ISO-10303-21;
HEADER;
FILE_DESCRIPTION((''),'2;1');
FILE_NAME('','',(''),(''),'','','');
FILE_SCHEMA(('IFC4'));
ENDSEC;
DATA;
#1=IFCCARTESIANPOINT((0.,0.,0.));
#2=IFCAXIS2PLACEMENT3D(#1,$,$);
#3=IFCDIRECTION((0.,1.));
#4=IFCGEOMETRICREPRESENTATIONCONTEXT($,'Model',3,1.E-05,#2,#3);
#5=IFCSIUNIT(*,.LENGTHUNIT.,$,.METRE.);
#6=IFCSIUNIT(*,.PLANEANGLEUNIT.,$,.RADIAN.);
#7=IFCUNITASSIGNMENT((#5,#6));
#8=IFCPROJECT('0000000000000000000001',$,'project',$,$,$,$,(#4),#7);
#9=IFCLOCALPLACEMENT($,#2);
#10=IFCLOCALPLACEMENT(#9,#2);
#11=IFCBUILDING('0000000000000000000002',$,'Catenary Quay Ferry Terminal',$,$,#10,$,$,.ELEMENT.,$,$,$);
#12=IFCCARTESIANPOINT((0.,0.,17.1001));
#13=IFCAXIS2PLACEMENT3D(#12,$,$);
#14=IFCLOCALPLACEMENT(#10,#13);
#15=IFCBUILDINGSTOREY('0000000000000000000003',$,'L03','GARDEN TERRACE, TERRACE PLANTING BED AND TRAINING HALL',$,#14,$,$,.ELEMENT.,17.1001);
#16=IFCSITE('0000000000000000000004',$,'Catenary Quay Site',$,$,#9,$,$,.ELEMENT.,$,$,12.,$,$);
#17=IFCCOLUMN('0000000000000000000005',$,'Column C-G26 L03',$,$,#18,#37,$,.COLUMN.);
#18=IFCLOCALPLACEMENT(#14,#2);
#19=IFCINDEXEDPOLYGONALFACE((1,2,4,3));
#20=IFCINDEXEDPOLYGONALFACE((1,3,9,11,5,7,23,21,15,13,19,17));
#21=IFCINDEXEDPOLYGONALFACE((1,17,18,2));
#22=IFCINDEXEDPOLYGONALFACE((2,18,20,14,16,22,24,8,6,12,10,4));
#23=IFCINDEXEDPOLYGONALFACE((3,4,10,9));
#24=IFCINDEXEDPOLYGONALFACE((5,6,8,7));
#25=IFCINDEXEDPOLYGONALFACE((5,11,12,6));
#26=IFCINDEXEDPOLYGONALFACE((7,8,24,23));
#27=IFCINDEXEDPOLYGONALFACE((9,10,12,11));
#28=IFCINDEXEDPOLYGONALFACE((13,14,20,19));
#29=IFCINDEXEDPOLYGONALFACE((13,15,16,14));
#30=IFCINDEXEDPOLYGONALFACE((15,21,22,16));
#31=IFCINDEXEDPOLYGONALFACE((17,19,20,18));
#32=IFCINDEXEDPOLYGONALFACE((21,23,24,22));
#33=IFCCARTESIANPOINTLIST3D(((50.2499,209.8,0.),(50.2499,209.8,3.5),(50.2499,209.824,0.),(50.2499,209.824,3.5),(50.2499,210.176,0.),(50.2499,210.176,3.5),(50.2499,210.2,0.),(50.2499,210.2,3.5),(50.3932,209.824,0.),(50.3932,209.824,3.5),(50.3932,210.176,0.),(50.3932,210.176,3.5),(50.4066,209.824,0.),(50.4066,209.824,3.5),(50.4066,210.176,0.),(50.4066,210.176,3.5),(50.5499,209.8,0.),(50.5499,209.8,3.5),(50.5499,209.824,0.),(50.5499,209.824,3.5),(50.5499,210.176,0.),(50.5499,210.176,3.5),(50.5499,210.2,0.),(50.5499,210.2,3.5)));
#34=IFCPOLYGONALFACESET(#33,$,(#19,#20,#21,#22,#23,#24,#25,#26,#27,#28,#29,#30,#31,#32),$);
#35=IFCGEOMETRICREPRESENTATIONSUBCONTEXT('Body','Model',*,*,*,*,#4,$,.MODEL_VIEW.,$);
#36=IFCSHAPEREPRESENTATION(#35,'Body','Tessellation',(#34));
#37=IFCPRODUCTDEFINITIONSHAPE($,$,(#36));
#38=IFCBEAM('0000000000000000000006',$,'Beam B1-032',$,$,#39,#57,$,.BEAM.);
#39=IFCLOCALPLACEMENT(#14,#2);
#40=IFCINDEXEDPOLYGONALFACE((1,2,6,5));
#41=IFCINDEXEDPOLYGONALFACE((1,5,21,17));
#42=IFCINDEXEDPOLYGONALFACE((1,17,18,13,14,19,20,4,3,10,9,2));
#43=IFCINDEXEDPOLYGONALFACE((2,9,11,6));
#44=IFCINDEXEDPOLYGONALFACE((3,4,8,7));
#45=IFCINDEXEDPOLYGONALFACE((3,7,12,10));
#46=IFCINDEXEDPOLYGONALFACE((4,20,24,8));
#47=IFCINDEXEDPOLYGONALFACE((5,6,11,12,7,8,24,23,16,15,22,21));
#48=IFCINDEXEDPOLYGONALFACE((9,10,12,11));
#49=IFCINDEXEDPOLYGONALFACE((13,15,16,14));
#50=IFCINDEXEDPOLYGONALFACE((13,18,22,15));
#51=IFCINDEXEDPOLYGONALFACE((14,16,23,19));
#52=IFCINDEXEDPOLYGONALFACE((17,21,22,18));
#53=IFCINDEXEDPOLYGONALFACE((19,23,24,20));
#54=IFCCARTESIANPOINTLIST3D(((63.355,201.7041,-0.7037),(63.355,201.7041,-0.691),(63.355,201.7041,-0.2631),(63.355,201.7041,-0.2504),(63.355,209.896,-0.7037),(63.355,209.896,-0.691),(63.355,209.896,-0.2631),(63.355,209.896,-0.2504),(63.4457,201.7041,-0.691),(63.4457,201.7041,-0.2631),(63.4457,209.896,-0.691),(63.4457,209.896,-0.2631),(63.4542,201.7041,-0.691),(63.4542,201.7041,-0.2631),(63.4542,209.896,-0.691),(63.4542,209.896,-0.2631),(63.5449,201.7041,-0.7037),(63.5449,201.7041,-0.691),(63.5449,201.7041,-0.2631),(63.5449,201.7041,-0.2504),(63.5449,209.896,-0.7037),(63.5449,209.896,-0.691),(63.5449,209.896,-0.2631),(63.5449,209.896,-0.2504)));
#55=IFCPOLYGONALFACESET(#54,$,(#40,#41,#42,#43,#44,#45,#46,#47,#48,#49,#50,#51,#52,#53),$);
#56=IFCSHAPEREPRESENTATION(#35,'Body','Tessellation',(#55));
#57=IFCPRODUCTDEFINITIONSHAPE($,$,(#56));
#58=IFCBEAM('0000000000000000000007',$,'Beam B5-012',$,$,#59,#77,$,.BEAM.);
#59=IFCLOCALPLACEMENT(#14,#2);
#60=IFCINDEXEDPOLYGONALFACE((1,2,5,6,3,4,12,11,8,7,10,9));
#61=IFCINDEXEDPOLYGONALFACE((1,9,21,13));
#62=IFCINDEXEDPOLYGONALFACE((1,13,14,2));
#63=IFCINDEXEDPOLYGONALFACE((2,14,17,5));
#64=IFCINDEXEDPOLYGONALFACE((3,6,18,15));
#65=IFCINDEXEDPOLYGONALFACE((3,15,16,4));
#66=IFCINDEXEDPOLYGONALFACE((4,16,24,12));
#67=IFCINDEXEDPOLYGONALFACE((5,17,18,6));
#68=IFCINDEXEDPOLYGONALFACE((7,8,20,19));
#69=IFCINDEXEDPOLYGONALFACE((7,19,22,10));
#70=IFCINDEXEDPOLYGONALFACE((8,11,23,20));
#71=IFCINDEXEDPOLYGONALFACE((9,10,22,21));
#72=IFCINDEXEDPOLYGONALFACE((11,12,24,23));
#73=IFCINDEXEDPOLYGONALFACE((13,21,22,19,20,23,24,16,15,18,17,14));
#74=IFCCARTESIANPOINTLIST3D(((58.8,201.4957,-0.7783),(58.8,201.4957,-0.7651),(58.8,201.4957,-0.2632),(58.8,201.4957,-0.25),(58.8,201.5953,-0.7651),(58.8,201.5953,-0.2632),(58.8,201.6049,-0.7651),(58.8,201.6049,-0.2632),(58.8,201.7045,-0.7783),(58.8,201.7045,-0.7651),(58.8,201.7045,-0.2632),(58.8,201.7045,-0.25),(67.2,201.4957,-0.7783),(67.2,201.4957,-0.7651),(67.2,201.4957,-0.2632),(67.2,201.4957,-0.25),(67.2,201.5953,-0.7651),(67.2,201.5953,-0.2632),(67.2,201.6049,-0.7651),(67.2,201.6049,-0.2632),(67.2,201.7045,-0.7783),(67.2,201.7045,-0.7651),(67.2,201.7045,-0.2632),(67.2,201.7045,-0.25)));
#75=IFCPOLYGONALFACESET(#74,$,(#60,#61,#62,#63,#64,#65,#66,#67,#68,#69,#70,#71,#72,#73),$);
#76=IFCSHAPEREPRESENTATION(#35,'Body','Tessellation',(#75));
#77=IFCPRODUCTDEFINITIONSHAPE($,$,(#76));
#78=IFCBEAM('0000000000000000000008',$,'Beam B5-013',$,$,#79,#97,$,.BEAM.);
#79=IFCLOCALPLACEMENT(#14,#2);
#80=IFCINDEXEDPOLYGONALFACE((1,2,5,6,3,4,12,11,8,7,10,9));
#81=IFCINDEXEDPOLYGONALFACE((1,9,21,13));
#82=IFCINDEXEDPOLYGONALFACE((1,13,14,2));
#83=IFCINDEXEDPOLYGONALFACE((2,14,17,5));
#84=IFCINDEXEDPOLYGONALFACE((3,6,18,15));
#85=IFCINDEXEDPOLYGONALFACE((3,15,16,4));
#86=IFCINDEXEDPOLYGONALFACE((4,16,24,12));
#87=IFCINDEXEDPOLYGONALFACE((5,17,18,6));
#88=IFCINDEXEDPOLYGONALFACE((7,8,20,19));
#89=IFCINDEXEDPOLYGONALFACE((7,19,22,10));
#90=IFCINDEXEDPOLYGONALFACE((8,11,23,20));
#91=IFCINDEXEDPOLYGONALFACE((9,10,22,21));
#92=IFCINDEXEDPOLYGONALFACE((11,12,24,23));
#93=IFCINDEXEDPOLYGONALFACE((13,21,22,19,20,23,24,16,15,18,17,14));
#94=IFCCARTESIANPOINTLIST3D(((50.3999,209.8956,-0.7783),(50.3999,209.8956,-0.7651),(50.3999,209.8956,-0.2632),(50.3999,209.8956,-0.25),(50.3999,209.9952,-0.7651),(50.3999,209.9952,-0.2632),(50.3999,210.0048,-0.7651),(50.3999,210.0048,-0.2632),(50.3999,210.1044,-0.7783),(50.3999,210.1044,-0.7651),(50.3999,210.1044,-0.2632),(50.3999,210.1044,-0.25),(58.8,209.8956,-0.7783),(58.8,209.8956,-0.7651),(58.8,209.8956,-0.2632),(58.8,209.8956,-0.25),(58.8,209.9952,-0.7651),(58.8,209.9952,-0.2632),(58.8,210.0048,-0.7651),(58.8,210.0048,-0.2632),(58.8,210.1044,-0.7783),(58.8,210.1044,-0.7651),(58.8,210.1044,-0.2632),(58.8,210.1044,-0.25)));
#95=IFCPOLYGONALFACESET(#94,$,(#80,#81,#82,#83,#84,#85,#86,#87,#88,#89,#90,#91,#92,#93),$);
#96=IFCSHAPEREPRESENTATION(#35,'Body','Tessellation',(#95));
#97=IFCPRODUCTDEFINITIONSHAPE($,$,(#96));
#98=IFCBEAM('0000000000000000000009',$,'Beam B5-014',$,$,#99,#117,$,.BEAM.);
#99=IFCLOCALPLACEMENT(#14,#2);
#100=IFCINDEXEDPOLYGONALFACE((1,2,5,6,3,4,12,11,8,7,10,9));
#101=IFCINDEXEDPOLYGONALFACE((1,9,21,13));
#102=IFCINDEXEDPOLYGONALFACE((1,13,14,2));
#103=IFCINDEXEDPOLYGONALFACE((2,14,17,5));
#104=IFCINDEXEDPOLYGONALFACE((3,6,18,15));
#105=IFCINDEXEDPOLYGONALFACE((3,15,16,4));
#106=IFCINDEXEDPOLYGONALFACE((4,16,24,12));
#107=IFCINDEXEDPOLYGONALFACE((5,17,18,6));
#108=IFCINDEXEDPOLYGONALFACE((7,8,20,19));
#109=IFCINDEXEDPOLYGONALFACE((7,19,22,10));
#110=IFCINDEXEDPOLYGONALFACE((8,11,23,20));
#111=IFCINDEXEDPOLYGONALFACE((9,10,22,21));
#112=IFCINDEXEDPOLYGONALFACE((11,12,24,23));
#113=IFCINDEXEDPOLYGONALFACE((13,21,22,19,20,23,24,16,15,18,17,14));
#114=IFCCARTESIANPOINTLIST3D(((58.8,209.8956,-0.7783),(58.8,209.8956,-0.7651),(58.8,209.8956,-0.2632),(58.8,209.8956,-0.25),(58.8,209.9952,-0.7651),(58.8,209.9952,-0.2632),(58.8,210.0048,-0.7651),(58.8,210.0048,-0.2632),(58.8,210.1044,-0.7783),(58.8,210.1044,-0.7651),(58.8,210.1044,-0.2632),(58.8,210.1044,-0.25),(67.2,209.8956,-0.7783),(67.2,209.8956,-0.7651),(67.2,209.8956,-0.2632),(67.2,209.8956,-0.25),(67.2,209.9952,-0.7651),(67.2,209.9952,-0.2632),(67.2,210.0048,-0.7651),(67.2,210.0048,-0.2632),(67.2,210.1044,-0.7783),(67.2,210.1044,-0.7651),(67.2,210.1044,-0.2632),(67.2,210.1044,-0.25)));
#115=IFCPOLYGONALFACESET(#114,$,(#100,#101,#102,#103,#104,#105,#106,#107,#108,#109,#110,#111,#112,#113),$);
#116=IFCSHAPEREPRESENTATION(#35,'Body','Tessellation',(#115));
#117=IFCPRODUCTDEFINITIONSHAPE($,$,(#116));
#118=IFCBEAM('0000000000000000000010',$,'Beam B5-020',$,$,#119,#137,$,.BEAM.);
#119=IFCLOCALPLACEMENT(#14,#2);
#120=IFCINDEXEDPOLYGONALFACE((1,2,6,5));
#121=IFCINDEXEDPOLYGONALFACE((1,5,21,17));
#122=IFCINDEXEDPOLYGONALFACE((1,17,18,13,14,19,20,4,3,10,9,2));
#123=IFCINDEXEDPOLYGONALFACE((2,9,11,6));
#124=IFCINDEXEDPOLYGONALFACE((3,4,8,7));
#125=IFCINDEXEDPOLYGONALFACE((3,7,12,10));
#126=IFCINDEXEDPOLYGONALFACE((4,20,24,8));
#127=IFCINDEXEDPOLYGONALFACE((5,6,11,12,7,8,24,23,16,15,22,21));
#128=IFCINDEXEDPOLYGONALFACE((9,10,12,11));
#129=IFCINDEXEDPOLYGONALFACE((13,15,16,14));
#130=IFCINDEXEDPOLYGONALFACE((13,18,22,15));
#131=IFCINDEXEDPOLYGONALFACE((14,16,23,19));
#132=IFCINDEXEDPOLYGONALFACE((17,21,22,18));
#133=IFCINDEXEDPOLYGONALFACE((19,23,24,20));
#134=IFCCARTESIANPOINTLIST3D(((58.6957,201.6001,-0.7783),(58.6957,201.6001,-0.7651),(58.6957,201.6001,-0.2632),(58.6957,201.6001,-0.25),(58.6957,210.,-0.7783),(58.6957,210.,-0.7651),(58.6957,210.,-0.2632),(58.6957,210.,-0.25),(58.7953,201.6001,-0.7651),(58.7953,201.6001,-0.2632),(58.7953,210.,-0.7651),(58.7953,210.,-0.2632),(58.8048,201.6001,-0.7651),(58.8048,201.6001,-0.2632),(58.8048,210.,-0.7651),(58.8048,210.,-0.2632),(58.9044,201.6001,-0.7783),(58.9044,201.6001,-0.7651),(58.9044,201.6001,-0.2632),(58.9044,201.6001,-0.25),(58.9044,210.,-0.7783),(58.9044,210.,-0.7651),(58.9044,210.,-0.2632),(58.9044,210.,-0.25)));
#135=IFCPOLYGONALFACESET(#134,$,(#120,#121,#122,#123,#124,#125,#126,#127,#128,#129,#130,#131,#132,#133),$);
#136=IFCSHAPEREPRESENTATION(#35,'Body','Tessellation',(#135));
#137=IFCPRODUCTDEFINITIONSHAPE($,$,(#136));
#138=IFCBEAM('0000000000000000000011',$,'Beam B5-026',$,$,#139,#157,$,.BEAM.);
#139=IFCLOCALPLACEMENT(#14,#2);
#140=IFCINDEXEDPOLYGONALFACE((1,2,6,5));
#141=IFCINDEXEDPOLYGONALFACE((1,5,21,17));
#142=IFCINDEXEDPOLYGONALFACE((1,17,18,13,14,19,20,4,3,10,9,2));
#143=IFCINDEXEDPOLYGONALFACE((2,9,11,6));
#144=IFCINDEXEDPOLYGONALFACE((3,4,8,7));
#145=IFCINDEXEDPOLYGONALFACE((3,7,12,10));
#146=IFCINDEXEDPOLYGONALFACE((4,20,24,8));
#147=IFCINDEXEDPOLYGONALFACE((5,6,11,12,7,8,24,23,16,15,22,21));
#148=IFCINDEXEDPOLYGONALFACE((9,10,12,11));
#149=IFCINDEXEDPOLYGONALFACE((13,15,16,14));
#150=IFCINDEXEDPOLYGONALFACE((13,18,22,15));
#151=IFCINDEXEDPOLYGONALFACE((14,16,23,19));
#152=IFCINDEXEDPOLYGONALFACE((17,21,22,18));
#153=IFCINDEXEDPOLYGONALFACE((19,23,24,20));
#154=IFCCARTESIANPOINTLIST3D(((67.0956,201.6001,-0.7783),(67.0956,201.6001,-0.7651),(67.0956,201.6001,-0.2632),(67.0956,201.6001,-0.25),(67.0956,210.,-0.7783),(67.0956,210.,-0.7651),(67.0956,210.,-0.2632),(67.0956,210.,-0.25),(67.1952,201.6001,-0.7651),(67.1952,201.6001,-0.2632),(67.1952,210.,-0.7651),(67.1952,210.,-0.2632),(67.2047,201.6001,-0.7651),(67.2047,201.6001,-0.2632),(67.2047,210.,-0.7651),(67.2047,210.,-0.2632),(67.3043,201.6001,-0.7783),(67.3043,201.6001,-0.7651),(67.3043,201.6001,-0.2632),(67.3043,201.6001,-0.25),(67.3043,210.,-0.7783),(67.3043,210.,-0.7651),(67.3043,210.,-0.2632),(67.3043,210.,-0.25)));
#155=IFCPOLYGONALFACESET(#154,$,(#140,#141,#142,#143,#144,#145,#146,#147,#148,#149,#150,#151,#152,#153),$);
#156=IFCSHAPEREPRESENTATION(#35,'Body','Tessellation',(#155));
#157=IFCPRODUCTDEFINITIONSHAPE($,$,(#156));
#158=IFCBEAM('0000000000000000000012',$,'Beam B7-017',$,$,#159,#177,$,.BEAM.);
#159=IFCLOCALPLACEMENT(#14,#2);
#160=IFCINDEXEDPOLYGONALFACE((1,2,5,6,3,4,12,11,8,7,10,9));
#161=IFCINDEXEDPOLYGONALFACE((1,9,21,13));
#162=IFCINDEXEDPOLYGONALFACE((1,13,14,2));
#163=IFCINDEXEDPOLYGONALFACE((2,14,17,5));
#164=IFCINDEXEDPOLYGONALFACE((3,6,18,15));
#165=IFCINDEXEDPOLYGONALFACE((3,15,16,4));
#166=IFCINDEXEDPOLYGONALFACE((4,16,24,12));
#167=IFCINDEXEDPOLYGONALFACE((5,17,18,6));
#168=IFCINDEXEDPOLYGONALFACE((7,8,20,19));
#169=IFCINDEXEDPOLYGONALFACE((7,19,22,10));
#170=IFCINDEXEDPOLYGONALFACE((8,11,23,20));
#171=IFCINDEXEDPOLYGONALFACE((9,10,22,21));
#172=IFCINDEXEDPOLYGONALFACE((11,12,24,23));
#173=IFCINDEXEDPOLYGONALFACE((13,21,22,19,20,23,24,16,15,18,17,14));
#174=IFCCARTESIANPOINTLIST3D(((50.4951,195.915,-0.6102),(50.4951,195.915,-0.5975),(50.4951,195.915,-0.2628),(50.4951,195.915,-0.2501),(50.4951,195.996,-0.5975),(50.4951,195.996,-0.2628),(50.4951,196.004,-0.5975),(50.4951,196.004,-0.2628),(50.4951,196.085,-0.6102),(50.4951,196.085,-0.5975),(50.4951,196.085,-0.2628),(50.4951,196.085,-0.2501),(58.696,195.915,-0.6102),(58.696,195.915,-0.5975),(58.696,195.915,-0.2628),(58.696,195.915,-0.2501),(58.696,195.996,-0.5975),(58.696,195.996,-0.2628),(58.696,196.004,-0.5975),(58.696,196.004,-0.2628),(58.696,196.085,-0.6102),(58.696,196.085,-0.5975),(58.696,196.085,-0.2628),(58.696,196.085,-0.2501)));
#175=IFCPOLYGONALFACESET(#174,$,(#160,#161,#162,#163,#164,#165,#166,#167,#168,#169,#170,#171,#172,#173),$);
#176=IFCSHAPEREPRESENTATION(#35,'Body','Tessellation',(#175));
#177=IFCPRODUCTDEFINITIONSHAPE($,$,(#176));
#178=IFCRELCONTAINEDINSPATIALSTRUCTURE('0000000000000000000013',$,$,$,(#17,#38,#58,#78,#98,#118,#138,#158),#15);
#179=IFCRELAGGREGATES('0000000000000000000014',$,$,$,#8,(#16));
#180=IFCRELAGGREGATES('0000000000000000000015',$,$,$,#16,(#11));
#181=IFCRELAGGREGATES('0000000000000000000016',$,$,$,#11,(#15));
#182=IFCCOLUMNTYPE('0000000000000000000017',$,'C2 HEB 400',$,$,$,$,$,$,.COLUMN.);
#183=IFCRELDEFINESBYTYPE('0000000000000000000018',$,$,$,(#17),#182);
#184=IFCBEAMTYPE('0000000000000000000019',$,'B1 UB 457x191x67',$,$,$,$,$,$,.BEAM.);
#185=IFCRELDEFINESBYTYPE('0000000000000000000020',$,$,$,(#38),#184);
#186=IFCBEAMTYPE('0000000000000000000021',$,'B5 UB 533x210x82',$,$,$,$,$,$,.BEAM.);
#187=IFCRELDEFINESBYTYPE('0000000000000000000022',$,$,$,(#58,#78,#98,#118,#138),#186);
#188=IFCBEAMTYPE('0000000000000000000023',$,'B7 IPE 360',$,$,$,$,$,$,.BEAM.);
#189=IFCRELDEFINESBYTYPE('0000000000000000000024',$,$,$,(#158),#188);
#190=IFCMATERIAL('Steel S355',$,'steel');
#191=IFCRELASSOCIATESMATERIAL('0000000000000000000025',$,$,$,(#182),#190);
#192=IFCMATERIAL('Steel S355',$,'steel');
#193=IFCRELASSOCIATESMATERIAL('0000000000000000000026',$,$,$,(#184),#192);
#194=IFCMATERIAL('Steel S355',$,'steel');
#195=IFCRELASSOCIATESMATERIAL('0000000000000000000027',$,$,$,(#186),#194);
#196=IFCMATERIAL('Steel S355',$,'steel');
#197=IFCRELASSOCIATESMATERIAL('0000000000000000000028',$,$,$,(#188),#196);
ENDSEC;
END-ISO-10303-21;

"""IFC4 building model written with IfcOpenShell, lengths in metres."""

from ifc_helpers import new_model, si_unit, direction, frame, origin, origin_2d, place, context, subcontext, project, spatial, i_section, extrude, material, material_profile, profile_set, type_object, element, save


model = new_model("IFC4")

# Units and contexts
model_context = context("Model", 3, precision=1e-05, world=origin(), true_north=direction((0.0, 1.0)))
body_context = subcontext(model_context, "Body", "Model", "MODEL_VIEW")
ifc_project = project(units=[si_unit("LENGTHUNIT", "METRE"), si_unit("PLANEANGLEUNIT", "RADIAN")], contexts=[model_context])

# Site, building, storey
site_placement = place(None, origin())
site = spatial("IfcSite", under=ifc_project, at=site_placement, Name="Catenary Quay Site", CompositionType="ELEMENT", RefElevation=12.0)
building_placement = place(site_placement, origin())
building = spatial("IfcBuilding", under=site, at=building_placement, Name="Catenary Quay Ferry Terminal", CompositionType="ELEMENT")
storey_placement = place(building_placement, frame((0.0, 0.0, 17.1001)))
storey = spatial("IfcBuildingStorey", under=building, at=storey_placement, Name="L03", Description="GARDEN TERRACE, TERRACE PLANTING BED AND TRAINING HALL", CompositionType="ELEMENT", Elevation=17.1001)

# Column
ifc_material_1 = material(Name="Steel S355", Category="steel")
ifc_material_profile_1 = material_profile(ifc_material_1, i_section(OverallWidth=0.3, OverallDepth=0.3999, WebThickness=0.0134, FlangeThickness=0.0239, at=origin_2d()), Name="HEB 400")
ifc_profile_set_1 = profile_set([ifc_material_profile_1], Name="Steel S355")
column_type = type_object("IfcColumnType", Name="C2 HEB 400", PredefinedType="COLUMN", material=ifc_profile_set_1)
column_placement = place(storey_placement, frame((50.3999, 210.0, 0.0), z_axis=(0.0, 0.0, 1.0), x_axis=(1.0, 0.0, 0.0)))
element("IfcColumn", 1, at=column_placement, inside=storey, type_object=column_type, Name="Column C-G26 L03", PredefinedType="COLUMN", context=body_context, shape_type="SweptSolid", body=[
    extrude(i_section(OverallWidth=0.3, OverallDepth=0.3999, WebThickness=0.0134, FlangeThickness=0.0239, at=origin_2d()), origin(), (0.0, 0.0, 1.0), 3.5),
])

# Beams
ifc_material_2 = material(Name="Steel S355", Category="steel")
ifc_material_profile_2 = material_profile(ifc_material_2, i_section(OverallWidth=0.1899, OverallDepth=0.4534, WebThickness=0.0085, FlangeThickness=0.0127, at=origin_2d()), Name="UB 457x191x67")
ifc_profile_set_2 = profile_set([ifc_material_profile_2], Name="Steel S355")
beam_type_1 = type_object("IfcBeamType", Name="B1 UB 457x191x67", PredefinedType="BEAM", material=ifc_profile_set_2)
beam_1_placement = place(storey_placement, frame((63.45, 201.7041, -0.4771), z_axis=(0.0, 1.0, 0.0), x_axis=(-1.0, 0.0, 0.0)))
element("IfcBeam", 2, at=beam_1_placement, inside=storey, type_object=beam_type_1, Name="Beam B1-032", PredefinedType="BEAM", context=body_context, shape_type="SweptSolid", body=[
    extrude(i_section(OverallWidth=0.1899, OverallDepth=0.4534, WebThickness=0.0085, FlangeThickness=0.0127, at=origin_2d()), origin(), (0.0, 0.0, 1.0), 8.1919),
])
ifc_material_3 = material(Name="Steel S355", Category="steel")
ifc_material_profile_3 = material_profile(ifc_material_3, i_section(OverallWidth=0.2087, OverallDepth=0.5283, WebThickness=0.0095, FlangeThickness=0.0132, at=origin_2d()), Name="UB 533x210x82")
ifc_profile_set_3 = profile_set([ifc_material_profile_3], Name="Steel S355")
beam_type_2 = type_object("IfcBeamType", Name="B5 UB 533x210x82", PredefinedType="BEAM", material=ifc_profile_set_3)
beam_2_placement = place(storey_placement, frame((58.8, 201.6001, -0.5142), z_axis=(1.0, 0.0, 0.0), x_axis=(0.0, 1.0, 0.0)))
element("IfcBeam", 3, at=beam_2_placement, inside=storey, type_object=beam_type_2, Name="Beam B5-012", PredefinedType="BEAM", context=body_context, shape_type="SweptSolid", body=[
    extrude(i_section(OverallWidth=0.2087, OverallDepth=0.5283, WebThickness=0.0095, FlangeThickness=0.0132, at=origin_2d()), origin(), (0.0, 0.0, 1.0), 8.3999),
])
beam_3_placement = place(storey_placement, frame((50.3999, 210.0, -0.5142), z_axis=(1.0, 0.0, 0.0), x_axis=(0.0, 1.0, 0.0)))
element("IfcBeam", 4, at=beam_3_placement, inside=storey, type_object=beam_type_2, Name="Beam B5-013", PredefinedType="BEAM", context=body_context, shape_type="SweptSolid", body=[
    extrude(i_section(OverallWidth=0.2087, OverallDepth=0.5283, WebThickness=0.0095, FlangeThickness=0.0132, at=origin_2d()), origin(), (0.0, 0.0, 1.0), 8.4001),
])
for number, where, z_axis, x_axis, name in (
    (5, (58.8, 210.0, -0.5142), (1.0, 0.0, 0.0), (0.0, 1.0, 0.0), "Beam B5-014"),
    (6, (58.8, 201.6001, -0.5142), (0.0, 1.0, 0.0), (-1.0, 0.0, 0.0), "Beam B5-020"),
    (7, (67.2, 201.6001, -0.5142), (0.0, 1.0, 0.0), (-1.0, 0.0, 0.0), "Beam B5-026"),
):
    element("IfcBeam", number, at=place(storey_placement, frame(where, z_axis=z_axis, x_axis=x_axis)), inside=storey, type_object=beam_type_2, Name=name, PredefinedType="BEAM", context=body_context, shape_type="SweptSolid", body=[
        extrude(i_section(OverallWidth=0.2087, OverallDepth=0.5283, WebThickness=0.0095, FlangeThickness=0.0132, at=origin_2d()), origin(), (0.0, 0.0, 1.0), 8.3999),
    ])
ifc_material_4 = material(Name="Steel S355", Category="steel")
ifc_material_profile_4 = material_profile(ifc_material_4, i_section(OverallWidth=0.1699, OverallDepth=0.3601, WebThickness=0.0081, FlangeThickness=0.0127, at=origin_2d()), Name="IPE 360")
ifc_profile_set_4 = profile_set([ifc_material_profile_4], Name="Steel S355")
beam_type_3 = type_object("IfcBeamType", Name="B7 IPE 360", PredefinedType="BEAM", material=ifc_profile_set_4)
beam_4_placement = place(storey_placement, frame((50.4951, 196.0, -0.4302), z_axis=(1.0, 0.0, 0.0), x_axis=(0.0, 1.0, 0.0)))
element("IfcBeam", 8, at=beam_4_placement, inside=storey, type_object=beam_type_3, Name="Beam B7-017", PredefinedType="BEAM", context=body_context, shape_type="SweptSolid", body=[
    extrude(i_section(OverallWidth=0.1699, OverallDepth=0.3601, WebThickness=0.0081, FlangeThickness=0.0127, at=origin_2d()), origin(), (0.0, 0.0, 1.0), 8.2009),
])

save(model, "model.ifc")
